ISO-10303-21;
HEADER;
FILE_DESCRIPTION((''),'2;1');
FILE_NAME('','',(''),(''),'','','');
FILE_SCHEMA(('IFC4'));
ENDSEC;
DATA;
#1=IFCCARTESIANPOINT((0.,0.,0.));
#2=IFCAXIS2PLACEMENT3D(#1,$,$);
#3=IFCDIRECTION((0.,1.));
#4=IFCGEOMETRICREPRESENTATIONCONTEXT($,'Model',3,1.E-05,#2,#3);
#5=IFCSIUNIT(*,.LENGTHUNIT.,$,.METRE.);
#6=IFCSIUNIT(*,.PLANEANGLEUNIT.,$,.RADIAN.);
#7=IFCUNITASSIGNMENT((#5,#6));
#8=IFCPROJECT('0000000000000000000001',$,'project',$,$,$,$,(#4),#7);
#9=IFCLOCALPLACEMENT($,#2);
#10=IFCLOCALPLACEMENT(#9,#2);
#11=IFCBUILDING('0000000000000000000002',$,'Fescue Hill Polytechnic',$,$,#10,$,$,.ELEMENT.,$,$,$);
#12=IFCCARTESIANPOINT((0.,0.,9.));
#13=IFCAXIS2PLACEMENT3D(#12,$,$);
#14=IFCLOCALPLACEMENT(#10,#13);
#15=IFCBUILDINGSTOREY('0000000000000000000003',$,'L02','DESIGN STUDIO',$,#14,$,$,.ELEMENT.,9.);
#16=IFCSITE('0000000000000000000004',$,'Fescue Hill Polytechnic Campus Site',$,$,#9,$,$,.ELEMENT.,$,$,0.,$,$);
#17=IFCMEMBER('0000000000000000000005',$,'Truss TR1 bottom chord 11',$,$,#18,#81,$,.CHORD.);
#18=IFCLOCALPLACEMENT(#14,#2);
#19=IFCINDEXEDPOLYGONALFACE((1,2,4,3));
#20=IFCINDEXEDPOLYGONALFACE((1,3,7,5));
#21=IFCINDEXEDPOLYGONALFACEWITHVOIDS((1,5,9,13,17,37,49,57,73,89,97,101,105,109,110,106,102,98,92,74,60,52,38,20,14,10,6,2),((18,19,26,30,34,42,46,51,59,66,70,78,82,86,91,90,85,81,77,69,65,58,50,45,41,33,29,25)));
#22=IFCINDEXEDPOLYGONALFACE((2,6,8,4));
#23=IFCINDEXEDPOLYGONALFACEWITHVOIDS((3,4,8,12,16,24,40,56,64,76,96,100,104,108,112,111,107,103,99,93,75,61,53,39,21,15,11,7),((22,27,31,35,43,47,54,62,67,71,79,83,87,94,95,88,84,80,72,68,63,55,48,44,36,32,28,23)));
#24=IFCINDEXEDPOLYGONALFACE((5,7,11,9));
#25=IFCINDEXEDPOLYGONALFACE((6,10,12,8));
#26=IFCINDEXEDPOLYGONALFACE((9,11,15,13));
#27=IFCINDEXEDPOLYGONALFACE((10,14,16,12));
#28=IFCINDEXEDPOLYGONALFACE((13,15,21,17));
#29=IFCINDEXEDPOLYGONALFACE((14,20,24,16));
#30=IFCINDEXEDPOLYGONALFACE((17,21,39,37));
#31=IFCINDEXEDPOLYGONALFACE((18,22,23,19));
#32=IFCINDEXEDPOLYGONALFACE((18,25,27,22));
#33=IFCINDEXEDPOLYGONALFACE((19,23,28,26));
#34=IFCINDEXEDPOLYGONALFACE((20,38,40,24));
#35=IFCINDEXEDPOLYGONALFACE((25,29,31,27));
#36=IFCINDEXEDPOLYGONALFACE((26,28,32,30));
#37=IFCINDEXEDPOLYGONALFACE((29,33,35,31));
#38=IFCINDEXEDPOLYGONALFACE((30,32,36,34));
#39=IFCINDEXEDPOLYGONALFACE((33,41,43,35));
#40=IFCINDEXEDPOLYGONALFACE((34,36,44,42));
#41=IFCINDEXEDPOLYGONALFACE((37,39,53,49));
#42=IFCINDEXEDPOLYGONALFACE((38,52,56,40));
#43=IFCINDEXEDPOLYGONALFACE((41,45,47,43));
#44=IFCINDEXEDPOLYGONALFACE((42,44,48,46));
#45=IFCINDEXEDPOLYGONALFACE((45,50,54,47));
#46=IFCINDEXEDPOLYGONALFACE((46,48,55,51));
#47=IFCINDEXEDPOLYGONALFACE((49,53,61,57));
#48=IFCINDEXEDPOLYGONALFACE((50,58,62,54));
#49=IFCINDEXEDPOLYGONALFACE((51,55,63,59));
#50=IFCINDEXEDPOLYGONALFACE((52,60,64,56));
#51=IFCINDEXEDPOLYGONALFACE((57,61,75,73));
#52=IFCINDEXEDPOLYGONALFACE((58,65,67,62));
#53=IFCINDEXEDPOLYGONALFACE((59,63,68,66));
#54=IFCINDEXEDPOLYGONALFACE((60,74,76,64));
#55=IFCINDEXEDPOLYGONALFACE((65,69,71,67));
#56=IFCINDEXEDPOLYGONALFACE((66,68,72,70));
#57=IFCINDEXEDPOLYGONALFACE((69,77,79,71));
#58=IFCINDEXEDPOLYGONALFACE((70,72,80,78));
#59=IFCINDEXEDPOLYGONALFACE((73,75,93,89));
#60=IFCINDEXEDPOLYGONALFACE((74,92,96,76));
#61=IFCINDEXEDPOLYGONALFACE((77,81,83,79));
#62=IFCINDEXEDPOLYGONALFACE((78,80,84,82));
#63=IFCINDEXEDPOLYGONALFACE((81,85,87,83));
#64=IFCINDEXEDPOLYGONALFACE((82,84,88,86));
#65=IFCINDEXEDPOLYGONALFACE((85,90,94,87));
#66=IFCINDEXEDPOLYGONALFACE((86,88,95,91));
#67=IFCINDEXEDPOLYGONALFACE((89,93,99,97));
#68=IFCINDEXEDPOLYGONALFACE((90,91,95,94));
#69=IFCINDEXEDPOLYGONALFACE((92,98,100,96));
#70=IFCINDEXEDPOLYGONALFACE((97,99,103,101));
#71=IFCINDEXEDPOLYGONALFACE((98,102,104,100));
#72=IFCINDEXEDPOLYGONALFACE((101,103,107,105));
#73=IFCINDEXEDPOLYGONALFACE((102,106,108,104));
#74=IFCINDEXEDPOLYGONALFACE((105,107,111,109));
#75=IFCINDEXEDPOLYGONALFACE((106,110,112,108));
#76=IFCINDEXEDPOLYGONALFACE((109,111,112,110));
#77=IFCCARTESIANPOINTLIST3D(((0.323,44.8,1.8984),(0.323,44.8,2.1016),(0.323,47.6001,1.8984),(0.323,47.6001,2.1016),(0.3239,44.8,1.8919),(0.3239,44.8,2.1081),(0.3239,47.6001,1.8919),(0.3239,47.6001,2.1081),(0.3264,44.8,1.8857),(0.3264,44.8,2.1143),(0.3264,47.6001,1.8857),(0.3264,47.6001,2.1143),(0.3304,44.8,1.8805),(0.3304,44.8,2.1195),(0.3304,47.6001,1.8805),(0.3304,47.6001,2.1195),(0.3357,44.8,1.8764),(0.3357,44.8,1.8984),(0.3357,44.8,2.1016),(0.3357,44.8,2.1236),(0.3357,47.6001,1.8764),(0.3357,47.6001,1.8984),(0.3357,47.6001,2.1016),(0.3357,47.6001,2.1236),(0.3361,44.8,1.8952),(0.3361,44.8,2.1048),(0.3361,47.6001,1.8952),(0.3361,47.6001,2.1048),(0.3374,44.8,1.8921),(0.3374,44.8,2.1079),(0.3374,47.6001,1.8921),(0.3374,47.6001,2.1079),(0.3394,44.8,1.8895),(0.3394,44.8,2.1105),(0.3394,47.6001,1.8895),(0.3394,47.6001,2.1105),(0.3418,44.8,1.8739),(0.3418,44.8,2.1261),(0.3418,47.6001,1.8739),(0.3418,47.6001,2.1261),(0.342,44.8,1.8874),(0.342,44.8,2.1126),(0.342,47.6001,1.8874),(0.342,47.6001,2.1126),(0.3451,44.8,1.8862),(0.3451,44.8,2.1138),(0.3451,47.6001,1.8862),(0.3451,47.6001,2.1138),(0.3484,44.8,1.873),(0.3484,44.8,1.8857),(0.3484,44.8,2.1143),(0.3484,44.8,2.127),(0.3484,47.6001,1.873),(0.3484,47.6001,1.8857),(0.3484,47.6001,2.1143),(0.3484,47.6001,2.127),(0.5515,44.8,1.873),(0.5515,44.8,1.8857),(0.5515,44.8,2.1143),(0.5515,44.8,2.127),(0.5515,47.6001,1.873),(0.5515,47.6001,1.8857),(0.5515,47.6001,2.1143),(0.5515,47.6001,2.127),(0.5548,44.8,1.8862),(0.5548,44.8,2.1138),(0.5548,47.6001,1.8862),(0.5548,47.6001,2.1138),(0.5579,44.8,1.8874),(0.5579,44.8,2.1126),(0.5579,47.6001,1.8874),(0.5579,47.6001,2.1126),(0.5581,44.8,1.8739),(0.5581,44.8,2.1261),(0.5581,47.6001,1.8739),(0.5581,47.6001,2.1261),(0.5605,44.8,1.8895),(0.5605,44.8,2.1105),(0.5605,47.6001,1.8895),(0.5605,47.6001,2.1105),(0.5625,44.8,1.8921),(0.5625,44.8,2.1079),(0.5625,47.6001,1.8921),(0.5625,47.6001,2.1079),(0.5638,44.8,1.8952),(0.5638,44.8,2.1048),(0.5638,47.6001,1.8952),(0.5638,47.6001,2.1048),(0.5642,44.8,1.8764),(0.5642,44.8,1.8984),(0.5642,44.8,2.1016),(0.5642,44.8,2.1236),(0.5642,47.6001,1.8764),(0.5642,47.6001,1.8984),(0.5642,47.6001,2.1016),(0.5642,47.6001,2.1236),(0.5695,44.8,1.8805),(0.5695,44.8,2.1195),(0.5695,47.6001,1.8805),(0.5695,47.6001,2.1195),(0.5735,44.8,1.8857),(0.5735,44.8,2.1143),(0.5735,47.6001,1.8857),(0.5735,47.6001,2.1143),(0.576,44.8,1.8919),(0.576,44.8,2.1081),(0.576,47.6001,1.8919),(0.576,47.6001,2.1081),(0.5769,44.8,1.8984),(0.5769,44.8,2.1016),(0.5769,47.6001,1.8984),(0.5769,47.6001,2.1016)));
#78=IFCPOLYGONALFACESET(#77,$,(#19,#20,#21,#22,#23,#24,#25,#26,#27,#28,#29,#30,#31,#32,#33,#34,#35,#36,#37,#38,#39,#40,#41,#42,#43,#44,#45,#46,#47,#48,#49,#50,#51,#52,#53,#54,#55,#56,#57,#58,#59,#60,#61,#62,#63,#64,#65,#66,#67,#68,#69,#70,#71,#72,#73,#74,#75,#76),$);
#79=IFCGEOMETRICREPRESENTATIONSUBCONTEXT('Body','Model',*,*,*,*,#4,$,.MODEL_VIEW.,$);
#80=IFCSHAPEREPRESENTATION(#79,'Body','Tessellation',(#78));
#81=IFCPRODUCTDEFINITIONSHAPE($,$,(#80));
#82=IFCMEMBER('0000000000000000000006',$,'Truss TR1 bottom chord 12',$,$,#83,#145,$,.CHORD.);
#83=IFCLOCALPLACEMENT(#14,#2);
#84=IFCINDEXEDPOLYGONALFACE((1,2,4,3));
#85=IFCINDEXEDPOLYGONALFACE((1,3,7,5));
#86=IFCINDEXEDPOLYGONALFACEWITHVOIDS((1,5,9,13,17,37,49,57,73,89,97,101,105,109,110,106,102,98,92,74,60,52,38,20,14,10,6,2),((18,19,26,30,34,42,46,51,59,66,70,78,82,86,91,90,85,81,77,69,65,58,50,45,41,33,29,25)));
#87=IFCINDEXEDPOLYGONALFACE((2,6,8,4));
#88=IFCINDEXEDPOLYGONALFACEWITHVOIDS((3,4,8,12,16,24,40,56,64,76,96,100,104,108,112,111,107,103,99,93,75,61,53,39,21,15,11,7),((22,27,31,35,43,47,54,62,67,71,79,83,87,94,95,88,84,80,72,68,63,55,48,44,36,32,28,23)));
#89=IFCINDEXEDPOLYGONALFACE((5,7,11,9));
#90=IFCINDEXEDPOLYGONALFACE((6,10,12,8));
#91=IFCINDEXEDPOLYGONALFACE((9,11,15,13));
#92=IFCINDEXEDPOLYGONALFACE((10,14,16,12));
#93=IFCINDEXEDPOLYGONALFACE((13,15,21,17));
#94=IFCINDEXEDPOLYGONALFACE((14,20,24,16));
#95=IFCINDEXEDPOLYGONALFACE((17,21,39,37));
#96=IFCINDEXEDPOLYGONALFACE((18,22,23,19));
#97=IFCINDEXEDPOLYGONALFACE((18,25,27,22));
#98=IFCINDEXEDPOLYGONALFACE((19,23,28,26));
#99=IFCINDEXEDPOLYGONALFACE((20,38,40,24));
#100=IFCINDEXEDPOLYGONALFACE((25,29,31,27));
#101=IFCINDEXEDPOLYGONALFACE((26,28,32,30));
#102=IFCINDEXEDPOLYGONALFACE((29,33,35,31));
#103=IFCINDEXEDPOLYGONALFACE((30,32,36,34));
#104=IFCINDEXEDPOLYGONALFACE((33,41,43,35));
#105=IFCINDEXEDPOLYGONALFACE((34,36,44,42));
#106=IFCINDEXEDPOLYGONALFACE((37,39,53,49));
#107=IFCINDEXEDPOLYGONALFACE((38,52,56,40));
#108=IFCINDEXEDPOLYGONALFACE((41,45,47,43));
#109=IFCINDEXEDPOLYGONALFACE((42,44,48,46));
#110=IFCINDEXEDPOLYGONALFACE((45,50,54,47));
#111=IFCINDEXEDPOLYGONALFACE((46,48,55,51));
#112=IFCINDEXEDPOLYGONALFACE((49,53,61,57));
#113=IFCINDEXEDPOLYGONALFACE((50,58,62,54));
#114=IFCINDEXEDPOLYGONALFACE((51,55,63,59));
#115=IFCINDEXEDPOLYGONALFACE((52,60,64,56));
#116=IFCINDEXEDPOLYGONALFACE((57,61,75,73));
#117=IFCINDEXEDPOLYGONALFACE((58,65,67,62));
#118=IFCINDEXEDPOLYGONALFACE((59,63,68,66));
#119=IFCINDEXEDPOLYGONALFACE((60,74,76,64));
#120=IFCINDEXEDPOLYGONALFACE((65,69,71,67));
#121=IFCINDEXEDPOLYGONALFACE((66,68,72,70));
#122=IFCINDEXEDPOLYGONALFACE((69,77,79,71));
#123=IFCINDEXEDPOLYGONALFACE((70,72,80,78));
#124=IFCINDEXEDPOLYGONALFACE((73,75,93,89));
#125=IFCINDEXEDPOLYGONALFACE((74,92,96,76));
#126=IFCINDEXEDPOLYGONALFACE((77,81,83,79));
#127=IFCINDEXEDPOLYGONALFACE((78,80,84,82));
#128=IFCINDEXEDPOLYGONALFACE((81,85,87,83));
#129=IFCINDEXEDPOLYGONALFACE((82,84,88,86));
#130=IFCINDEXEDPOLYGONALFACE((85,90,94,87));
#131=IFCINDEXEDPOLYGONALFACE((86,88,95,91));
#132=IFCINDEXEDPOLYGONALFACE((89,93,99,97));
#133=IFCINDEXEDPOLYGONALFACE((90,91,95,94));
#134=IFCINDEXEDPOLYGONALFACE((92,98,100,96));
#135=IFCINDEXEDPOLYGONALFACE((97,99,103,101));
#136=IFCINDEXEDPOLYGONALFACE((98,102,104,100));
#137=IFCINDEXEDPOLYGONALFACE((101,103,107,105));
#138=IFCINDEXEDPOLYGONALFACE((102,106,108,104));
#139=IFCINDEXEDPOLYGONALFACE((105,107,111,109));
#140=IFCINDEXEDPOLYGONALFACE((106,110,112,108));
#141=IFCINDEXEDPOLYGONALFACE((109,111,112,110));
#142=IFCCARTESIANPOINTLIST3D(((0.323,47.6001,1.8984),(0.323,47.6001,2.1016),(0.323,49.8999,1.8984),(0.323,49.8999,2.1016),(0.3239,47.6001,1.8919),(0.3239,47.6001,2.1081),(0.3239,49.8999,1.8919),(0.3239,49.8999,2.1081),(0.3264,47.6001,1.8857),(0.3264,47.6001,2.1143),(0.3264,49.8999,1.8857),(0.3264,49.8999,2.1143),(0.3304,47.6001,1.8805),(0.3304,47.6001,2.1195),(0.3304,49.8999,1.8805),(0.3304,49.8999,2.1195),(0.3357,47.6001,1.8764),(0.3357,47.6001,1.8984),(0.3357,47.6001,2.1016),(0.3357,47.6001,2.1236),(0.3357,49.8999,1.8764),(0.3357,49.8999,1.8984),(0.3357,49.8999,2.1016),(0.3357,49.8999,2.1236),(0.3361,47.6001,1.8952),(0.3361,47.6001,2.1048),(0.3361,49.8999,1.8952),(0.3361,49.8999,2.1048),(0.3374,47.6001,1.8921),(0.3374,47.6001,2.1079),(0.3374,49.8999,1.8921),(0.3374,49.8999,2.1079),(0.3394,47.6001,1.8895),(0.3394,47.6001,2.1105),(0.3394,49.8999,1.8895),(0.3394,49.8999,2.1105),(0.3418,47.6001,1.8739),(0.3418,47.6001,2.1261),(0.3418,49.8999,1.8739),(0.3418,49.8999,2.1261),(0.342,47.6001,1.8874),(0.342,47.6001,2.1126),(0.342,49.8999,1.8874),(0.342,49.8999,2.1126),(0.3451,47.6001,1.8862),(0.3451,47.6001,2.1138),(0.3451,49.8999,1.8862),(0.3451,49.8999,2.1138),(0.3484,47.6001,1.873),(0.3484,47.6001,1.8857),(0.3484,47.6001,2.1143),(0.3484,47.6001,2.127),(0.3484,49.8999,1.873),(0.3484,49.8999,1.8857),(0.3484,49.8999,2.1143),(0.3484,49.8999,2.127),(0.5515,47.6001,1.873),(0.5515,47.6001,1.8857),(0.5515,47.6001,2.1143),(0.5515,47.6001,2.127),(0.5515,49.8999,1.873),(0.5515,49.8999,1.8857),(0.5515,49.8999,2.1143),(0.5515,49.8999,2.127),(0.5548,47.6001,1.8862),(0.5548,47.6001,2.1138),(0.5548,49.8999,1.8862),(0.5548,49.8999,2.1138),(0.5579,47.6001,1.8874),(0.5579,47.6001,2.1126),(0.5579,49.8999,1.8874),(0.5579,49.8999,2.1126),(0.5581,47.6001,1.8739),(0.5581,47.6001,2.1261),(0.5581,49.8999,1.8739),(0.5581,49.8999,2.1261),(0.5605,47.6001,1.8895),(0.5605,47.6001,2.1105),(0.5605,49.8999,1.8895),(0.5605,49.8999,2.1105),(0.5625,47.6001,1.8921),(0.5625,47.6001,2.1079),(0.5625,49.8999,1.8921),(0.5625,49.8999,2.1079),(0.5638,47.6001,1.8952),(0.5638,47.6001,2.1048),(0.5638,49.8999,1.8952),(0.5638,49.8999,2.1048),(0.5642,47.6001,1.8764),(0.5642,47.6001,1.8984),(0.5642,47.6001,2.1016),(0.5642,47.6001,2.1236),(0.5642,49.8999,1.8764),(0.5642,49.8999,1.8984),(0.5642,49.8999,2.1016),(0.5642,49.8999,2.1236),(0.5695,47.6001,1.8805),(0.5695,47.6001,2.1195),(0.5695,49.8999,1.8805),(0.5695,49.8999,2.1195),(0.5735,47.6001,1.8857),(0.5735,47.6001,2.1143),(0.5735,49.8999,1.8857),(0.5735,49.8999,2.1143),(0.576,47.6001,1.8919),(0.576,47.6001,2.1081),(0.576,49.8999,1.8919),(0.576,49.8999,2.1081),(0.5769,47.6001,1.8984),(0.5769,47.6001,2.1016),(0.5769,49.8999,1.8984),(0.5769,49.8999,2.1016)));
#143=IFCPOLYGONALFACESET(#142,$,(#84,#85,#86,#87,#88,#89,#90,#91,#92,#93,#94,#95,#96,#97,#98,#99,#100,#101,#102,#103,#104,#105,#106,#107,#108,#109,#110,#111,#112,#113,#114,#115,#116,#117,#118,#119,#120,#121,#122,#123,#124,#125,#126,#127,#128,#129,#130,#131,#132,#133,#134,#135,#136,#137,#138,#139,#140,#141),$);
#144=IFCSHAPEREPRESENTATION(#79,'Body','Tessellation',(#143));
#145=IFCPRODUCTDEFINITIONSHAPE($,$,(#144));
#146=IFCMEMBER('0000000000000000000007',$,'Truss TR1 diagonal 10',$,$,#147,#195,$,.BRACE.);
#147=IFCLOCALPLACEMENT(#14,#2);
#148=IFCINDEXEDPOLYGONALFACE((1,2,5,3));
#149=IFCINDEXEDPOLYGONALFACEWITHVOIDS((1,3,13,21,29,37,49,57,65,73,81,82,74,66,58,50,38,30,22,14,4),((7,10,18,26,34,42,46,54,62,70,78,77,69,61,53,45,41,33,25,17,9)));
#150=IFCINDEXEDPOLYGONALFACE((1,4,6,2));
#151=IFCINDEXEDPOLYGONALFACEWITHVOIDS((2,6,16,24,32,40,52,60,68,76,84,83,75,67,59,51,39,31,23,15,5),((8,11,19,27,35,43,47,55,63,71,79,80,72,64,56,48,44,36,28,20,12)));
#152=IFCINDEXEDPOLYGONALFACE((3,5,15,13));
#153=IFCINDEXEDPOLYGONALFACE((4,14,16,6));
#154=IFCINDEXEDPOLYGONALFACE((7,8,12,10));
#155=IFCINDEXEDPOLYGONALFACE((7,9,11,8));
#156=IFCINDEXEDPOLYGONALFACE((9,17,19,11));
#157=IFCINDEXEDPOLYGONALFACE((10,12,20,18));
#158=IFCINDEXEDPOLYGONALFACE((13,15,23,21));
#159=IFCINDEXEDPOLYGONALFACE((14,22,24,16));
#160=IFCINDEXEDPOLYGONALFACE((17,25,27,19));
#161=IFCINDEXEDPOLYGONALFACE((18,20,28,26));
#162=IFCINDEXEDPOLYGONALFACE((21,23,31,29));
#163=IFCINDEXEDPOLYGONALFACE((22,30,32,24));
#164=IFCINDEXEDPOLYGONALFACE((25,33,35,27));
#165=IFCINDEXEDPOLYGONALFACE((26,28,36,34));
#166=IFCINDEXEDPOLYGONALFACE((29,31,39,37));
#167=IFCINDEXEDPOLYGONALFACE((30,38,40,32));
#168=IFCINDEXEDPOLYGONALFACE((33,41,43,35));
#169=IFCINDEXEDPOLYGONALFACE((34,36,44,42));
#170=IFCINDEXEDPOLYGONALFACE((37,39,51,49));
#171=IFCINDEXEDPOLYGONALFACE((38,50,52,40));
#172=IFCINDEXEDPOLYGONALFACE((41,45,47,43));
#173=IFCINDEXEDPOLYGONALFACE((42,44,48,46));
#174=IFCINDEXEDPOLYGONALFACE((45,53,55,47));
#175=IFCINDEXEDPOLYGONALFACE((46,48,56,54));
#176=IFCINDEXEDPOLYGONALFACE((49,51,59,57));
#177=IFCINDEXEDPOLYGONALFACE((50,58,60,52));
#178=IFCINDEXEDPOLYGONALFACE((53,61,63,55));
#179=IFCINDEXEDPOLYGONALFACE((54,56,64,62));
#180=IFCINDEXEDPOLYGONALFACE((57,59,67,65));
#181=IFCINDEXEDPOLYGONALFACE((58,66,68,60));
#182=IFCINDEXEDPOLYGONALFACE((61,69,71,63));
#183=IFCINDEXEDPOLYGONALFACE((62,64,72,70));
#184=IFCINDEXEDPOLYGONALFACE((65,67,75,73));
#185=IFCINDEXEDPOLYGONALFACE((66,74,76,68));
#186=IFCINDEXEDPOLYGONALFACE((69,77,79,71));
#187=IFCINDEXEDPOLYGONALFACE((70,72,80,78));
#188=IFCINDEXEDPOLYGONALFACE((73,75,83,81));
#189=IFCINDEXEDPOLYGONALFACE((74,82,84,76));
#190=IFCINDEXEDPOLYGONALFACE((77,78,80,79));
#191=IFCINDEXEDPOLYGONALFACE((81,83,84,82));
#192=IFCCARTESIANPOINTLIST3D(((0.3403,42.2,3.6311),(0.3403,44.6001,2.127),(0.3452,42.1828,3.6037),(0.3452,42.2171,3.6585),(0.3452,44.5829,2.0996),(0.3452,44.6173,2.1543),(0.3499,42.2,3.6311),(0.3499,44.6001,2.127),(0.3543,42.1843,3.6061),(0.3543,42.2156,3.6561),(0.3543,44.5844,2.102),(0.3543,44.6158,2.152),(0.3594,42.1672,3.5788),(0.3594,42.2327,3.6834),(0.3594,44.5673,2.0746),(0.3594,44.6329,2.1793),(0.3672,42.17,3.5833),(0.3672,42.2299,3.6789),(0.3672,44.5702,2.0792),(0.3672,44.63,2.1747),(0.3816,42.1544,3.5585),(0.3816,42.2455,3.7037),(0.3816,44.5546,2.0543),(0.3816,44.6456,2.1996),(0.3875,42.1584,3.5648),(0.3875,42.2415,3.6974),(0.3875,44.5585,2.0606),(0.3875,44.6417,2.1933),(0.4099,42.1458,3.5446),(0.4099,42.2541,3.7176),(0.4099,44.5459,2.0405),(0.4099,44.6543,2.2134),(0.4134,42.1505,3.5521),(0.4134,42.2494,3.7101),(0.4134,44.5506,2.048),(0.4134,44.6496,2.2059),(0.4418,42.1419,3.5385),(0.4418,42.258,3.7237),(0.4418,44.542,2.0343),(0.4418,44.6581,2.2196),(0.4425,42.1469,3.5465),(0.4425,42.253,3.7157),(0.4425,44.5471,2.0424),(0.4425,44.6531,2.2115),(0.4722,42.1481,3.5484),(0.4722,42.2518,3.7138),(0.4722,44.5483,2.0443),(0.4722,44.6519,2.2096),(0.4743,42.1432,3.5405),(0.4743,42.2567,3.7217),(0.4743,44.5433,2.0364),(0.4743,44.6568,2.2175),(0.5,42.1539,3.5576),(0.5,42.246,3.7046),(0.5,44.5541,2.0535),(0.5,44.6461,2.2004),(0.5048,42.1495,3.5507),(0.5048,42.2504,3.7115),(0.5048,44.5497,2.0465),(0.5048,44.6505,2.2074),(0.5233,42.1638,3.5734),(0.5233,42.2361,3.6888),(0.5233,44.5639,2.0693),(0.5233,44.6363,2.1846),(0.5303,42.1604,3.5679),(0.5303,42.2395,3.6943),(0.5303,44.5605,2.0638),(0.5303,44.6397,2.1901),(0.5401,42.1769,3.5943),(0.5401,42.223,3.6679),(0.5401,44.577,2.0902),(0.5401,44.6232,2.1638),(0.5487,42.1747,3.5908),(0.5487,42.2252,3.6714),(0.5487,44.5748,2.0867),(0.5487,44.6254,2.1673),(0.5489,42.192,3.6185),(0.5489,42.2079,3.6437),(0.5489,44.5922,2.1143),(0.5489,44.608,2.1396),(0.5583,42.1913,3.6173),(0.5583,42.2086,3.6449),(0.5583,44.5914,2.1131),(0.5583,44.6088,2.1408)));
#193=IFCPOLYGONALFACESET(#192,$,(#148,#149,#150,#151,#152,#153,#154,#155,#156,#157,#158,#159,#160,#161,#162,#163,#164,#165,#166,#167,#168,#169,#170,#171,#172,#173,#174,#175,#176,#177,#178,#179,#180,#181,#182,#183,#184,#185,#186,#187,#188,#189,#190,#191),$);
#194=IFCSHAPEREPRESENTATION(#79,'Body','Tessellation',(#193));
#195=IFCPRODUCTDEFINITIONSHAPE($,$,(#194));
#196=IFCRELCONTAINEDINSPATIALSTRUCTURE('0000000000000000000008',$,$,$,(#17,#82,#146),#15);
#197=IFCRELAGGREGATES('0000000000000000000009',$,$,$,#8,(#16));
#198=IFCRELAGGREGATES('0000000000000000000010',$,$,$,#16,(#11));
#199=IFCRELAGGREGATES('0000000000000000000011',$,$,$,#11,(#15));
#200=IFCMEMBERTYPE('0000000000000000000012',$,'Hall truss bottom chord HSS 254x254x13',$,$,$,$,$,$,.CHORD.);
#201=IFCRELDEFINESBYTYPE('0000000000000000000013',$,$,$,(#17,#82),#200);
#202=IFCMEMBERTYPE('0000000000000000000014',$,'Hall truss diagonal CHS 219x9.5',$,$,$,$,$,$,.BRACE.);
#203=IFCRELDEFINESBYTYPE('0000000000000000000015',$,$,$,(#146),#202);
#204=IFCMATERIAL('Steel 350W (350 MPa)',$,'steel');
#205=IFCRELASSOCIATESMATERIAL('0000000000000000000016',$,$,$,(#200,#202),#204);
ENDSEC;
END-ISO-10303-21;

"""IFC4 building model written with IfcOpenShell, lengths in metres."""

from ifc_helpers import new_model, si_unit, direction, frame, origin, origin_2d, place, context, subcontext, project, spatial, hollow_rectangle, hollow_circle, extrude, material, material_profile, profile_set, type_object, element, save


model = new_model("IFC4")

# Units and contexts
model_context = context("Model", 3, precision=1e-05, world=origin(), true_north=direction((0.0, 1.0)))
body_context = subcontext(model_context, "Body", "Model", "MODEL_VIEW")
ifc_project = project(units=[si_unit("LENGTHUNIT", "METRE"), si_unit("PLANEANGLEUNIT", "RADIAN")], contexts=[model_context])

# Site, building, storey
site_placement = place(None, origin())
site = spatial("IfcSite", under=ifc_project, at=site_placement, Name="Fescue Hill Polytechnic Campus Site", CompositionType="ELEMENT", RefElevation=0.0)
building_placement = place(site_placement, origin())
building = spatial("IfcBuilding", under=site, at=building_placement, Name="Fescue Hill Polytechnic", CompositionType="ELEMENT")
storey_placement = place(building_placement, frame((0.0, 0.0, 9.0)))
storey = spatial("IfcBuildingStorey", under=building, at=storey_placement, Name="L02", Description="DESIGN STUDIO", CompositionType="ELEMENT", Elevation=9.0)

# Members
ifc_material_1 = material(Name="Steel 350W (350 MPa)", Category="steel")
ifc_material_profile_1 = material_profile(ifc_material_1, hollow_rectangle(XDim=0.2539, YDim=0.2539, WallThickness=0.0127, InnerFilletRadius=0.0127, OuterFilletRadius=0.0254, at=origin_2d()), Name="Hall truss bottom chord HSS 254x254x13")
ifc_profile_set_1 = profile_set([ifc_material_profile_1], Name="Steel 350W (350 MPa)")
member_type_1 = type_object("IfcMemberType", Name="Hall truss bottom chord HSS 254x254x13", PredefinedType="CHORD", material=ifc_profile_set_1)
member_1_placement = place(storey_placement, frame((0.45, 44.8, 2.0), z_axis=(0.0, 1.0, 0.0), x_axis=(-1.0, 0.0, 0.0)))
element("IfcMember", 1, at=member_1_placement, inside=storey, type_object=member_type_1, Name="Truss TR1 bottom chord 11", PredefinedType="CHORD", context=body_context, shape_type="SweptSolid", body=[
    extrude(hollow_rectangle(XDim=0.2539, YDim=0.2539, WallThickness=0.0127, InnerFilletRadius=0.0127, OuterFilletRadius=0.0254, at=origin_2d()), origin(), (0.0, 0.0, 1.0), 2.8),
])
member_2_placement = place(storey_placement, frame((0.45, 47.6001, 2.0), z_axis=(0.0, 1.0, 0.0), x_axis=(-1.0, 0.0, 0.0)))
element("IfcMember", 2, at=member_2_placement, inside=storey, type_object=member_type_1, Name="Truss TR1 bottom chord 12", PredefinedType="CHORD", context=body_context, shape_type="SweptSolid", body=[
    extrude(hollow_rectangle(XDim=0.2539, YDim=0.2539, WallThickness=0.0127, InnerFilletRadius=0.0127, OuterFilletRadius=0.0254, at=origin_2d()), origin(), (0.0, 0.0, 1.0), 2.2998),
])
ifc_material_profile_2 = material_profile(ifc_material_1, hollow_circle(Radius=0.1096, WallThickness=0.0095, at=origin_2d()), Name="Hall truss diagonal CHS 219x9.5")
ifc_profile_set_2 = profile_set([ifc_material_profile_2], Name="Steel 350W (350 MPa)")
member_type_2 = type_object("IfcMemberType", Name="Hall truss diagonal CHS 219x9.5", PredefinedType="BRACE", material=ifc_profile_set_2)
member_3_placement = place(storey_placement, frame((0.45, 42.2, 3.6311), z_axis=(0.0, 0.847354, -0.531029), x_axis=(-1.0, 0.0, 0.0)))
element("IfcMember", 3, at=member_3_placement, inside=storey, type_object=member_type_2, Name="Truss TR1 diagonal 10", PredefinedType="BRACE", context=body_context, shape_type="SweptSolid", body=[
    extrude(hollow_circle(Radius=0.1096, WallThickness=0.0095, at=origin_2d()), origin(), (0.0, 0.0, 1.0), 2.8325),
])

save(model, "model.ifc")
